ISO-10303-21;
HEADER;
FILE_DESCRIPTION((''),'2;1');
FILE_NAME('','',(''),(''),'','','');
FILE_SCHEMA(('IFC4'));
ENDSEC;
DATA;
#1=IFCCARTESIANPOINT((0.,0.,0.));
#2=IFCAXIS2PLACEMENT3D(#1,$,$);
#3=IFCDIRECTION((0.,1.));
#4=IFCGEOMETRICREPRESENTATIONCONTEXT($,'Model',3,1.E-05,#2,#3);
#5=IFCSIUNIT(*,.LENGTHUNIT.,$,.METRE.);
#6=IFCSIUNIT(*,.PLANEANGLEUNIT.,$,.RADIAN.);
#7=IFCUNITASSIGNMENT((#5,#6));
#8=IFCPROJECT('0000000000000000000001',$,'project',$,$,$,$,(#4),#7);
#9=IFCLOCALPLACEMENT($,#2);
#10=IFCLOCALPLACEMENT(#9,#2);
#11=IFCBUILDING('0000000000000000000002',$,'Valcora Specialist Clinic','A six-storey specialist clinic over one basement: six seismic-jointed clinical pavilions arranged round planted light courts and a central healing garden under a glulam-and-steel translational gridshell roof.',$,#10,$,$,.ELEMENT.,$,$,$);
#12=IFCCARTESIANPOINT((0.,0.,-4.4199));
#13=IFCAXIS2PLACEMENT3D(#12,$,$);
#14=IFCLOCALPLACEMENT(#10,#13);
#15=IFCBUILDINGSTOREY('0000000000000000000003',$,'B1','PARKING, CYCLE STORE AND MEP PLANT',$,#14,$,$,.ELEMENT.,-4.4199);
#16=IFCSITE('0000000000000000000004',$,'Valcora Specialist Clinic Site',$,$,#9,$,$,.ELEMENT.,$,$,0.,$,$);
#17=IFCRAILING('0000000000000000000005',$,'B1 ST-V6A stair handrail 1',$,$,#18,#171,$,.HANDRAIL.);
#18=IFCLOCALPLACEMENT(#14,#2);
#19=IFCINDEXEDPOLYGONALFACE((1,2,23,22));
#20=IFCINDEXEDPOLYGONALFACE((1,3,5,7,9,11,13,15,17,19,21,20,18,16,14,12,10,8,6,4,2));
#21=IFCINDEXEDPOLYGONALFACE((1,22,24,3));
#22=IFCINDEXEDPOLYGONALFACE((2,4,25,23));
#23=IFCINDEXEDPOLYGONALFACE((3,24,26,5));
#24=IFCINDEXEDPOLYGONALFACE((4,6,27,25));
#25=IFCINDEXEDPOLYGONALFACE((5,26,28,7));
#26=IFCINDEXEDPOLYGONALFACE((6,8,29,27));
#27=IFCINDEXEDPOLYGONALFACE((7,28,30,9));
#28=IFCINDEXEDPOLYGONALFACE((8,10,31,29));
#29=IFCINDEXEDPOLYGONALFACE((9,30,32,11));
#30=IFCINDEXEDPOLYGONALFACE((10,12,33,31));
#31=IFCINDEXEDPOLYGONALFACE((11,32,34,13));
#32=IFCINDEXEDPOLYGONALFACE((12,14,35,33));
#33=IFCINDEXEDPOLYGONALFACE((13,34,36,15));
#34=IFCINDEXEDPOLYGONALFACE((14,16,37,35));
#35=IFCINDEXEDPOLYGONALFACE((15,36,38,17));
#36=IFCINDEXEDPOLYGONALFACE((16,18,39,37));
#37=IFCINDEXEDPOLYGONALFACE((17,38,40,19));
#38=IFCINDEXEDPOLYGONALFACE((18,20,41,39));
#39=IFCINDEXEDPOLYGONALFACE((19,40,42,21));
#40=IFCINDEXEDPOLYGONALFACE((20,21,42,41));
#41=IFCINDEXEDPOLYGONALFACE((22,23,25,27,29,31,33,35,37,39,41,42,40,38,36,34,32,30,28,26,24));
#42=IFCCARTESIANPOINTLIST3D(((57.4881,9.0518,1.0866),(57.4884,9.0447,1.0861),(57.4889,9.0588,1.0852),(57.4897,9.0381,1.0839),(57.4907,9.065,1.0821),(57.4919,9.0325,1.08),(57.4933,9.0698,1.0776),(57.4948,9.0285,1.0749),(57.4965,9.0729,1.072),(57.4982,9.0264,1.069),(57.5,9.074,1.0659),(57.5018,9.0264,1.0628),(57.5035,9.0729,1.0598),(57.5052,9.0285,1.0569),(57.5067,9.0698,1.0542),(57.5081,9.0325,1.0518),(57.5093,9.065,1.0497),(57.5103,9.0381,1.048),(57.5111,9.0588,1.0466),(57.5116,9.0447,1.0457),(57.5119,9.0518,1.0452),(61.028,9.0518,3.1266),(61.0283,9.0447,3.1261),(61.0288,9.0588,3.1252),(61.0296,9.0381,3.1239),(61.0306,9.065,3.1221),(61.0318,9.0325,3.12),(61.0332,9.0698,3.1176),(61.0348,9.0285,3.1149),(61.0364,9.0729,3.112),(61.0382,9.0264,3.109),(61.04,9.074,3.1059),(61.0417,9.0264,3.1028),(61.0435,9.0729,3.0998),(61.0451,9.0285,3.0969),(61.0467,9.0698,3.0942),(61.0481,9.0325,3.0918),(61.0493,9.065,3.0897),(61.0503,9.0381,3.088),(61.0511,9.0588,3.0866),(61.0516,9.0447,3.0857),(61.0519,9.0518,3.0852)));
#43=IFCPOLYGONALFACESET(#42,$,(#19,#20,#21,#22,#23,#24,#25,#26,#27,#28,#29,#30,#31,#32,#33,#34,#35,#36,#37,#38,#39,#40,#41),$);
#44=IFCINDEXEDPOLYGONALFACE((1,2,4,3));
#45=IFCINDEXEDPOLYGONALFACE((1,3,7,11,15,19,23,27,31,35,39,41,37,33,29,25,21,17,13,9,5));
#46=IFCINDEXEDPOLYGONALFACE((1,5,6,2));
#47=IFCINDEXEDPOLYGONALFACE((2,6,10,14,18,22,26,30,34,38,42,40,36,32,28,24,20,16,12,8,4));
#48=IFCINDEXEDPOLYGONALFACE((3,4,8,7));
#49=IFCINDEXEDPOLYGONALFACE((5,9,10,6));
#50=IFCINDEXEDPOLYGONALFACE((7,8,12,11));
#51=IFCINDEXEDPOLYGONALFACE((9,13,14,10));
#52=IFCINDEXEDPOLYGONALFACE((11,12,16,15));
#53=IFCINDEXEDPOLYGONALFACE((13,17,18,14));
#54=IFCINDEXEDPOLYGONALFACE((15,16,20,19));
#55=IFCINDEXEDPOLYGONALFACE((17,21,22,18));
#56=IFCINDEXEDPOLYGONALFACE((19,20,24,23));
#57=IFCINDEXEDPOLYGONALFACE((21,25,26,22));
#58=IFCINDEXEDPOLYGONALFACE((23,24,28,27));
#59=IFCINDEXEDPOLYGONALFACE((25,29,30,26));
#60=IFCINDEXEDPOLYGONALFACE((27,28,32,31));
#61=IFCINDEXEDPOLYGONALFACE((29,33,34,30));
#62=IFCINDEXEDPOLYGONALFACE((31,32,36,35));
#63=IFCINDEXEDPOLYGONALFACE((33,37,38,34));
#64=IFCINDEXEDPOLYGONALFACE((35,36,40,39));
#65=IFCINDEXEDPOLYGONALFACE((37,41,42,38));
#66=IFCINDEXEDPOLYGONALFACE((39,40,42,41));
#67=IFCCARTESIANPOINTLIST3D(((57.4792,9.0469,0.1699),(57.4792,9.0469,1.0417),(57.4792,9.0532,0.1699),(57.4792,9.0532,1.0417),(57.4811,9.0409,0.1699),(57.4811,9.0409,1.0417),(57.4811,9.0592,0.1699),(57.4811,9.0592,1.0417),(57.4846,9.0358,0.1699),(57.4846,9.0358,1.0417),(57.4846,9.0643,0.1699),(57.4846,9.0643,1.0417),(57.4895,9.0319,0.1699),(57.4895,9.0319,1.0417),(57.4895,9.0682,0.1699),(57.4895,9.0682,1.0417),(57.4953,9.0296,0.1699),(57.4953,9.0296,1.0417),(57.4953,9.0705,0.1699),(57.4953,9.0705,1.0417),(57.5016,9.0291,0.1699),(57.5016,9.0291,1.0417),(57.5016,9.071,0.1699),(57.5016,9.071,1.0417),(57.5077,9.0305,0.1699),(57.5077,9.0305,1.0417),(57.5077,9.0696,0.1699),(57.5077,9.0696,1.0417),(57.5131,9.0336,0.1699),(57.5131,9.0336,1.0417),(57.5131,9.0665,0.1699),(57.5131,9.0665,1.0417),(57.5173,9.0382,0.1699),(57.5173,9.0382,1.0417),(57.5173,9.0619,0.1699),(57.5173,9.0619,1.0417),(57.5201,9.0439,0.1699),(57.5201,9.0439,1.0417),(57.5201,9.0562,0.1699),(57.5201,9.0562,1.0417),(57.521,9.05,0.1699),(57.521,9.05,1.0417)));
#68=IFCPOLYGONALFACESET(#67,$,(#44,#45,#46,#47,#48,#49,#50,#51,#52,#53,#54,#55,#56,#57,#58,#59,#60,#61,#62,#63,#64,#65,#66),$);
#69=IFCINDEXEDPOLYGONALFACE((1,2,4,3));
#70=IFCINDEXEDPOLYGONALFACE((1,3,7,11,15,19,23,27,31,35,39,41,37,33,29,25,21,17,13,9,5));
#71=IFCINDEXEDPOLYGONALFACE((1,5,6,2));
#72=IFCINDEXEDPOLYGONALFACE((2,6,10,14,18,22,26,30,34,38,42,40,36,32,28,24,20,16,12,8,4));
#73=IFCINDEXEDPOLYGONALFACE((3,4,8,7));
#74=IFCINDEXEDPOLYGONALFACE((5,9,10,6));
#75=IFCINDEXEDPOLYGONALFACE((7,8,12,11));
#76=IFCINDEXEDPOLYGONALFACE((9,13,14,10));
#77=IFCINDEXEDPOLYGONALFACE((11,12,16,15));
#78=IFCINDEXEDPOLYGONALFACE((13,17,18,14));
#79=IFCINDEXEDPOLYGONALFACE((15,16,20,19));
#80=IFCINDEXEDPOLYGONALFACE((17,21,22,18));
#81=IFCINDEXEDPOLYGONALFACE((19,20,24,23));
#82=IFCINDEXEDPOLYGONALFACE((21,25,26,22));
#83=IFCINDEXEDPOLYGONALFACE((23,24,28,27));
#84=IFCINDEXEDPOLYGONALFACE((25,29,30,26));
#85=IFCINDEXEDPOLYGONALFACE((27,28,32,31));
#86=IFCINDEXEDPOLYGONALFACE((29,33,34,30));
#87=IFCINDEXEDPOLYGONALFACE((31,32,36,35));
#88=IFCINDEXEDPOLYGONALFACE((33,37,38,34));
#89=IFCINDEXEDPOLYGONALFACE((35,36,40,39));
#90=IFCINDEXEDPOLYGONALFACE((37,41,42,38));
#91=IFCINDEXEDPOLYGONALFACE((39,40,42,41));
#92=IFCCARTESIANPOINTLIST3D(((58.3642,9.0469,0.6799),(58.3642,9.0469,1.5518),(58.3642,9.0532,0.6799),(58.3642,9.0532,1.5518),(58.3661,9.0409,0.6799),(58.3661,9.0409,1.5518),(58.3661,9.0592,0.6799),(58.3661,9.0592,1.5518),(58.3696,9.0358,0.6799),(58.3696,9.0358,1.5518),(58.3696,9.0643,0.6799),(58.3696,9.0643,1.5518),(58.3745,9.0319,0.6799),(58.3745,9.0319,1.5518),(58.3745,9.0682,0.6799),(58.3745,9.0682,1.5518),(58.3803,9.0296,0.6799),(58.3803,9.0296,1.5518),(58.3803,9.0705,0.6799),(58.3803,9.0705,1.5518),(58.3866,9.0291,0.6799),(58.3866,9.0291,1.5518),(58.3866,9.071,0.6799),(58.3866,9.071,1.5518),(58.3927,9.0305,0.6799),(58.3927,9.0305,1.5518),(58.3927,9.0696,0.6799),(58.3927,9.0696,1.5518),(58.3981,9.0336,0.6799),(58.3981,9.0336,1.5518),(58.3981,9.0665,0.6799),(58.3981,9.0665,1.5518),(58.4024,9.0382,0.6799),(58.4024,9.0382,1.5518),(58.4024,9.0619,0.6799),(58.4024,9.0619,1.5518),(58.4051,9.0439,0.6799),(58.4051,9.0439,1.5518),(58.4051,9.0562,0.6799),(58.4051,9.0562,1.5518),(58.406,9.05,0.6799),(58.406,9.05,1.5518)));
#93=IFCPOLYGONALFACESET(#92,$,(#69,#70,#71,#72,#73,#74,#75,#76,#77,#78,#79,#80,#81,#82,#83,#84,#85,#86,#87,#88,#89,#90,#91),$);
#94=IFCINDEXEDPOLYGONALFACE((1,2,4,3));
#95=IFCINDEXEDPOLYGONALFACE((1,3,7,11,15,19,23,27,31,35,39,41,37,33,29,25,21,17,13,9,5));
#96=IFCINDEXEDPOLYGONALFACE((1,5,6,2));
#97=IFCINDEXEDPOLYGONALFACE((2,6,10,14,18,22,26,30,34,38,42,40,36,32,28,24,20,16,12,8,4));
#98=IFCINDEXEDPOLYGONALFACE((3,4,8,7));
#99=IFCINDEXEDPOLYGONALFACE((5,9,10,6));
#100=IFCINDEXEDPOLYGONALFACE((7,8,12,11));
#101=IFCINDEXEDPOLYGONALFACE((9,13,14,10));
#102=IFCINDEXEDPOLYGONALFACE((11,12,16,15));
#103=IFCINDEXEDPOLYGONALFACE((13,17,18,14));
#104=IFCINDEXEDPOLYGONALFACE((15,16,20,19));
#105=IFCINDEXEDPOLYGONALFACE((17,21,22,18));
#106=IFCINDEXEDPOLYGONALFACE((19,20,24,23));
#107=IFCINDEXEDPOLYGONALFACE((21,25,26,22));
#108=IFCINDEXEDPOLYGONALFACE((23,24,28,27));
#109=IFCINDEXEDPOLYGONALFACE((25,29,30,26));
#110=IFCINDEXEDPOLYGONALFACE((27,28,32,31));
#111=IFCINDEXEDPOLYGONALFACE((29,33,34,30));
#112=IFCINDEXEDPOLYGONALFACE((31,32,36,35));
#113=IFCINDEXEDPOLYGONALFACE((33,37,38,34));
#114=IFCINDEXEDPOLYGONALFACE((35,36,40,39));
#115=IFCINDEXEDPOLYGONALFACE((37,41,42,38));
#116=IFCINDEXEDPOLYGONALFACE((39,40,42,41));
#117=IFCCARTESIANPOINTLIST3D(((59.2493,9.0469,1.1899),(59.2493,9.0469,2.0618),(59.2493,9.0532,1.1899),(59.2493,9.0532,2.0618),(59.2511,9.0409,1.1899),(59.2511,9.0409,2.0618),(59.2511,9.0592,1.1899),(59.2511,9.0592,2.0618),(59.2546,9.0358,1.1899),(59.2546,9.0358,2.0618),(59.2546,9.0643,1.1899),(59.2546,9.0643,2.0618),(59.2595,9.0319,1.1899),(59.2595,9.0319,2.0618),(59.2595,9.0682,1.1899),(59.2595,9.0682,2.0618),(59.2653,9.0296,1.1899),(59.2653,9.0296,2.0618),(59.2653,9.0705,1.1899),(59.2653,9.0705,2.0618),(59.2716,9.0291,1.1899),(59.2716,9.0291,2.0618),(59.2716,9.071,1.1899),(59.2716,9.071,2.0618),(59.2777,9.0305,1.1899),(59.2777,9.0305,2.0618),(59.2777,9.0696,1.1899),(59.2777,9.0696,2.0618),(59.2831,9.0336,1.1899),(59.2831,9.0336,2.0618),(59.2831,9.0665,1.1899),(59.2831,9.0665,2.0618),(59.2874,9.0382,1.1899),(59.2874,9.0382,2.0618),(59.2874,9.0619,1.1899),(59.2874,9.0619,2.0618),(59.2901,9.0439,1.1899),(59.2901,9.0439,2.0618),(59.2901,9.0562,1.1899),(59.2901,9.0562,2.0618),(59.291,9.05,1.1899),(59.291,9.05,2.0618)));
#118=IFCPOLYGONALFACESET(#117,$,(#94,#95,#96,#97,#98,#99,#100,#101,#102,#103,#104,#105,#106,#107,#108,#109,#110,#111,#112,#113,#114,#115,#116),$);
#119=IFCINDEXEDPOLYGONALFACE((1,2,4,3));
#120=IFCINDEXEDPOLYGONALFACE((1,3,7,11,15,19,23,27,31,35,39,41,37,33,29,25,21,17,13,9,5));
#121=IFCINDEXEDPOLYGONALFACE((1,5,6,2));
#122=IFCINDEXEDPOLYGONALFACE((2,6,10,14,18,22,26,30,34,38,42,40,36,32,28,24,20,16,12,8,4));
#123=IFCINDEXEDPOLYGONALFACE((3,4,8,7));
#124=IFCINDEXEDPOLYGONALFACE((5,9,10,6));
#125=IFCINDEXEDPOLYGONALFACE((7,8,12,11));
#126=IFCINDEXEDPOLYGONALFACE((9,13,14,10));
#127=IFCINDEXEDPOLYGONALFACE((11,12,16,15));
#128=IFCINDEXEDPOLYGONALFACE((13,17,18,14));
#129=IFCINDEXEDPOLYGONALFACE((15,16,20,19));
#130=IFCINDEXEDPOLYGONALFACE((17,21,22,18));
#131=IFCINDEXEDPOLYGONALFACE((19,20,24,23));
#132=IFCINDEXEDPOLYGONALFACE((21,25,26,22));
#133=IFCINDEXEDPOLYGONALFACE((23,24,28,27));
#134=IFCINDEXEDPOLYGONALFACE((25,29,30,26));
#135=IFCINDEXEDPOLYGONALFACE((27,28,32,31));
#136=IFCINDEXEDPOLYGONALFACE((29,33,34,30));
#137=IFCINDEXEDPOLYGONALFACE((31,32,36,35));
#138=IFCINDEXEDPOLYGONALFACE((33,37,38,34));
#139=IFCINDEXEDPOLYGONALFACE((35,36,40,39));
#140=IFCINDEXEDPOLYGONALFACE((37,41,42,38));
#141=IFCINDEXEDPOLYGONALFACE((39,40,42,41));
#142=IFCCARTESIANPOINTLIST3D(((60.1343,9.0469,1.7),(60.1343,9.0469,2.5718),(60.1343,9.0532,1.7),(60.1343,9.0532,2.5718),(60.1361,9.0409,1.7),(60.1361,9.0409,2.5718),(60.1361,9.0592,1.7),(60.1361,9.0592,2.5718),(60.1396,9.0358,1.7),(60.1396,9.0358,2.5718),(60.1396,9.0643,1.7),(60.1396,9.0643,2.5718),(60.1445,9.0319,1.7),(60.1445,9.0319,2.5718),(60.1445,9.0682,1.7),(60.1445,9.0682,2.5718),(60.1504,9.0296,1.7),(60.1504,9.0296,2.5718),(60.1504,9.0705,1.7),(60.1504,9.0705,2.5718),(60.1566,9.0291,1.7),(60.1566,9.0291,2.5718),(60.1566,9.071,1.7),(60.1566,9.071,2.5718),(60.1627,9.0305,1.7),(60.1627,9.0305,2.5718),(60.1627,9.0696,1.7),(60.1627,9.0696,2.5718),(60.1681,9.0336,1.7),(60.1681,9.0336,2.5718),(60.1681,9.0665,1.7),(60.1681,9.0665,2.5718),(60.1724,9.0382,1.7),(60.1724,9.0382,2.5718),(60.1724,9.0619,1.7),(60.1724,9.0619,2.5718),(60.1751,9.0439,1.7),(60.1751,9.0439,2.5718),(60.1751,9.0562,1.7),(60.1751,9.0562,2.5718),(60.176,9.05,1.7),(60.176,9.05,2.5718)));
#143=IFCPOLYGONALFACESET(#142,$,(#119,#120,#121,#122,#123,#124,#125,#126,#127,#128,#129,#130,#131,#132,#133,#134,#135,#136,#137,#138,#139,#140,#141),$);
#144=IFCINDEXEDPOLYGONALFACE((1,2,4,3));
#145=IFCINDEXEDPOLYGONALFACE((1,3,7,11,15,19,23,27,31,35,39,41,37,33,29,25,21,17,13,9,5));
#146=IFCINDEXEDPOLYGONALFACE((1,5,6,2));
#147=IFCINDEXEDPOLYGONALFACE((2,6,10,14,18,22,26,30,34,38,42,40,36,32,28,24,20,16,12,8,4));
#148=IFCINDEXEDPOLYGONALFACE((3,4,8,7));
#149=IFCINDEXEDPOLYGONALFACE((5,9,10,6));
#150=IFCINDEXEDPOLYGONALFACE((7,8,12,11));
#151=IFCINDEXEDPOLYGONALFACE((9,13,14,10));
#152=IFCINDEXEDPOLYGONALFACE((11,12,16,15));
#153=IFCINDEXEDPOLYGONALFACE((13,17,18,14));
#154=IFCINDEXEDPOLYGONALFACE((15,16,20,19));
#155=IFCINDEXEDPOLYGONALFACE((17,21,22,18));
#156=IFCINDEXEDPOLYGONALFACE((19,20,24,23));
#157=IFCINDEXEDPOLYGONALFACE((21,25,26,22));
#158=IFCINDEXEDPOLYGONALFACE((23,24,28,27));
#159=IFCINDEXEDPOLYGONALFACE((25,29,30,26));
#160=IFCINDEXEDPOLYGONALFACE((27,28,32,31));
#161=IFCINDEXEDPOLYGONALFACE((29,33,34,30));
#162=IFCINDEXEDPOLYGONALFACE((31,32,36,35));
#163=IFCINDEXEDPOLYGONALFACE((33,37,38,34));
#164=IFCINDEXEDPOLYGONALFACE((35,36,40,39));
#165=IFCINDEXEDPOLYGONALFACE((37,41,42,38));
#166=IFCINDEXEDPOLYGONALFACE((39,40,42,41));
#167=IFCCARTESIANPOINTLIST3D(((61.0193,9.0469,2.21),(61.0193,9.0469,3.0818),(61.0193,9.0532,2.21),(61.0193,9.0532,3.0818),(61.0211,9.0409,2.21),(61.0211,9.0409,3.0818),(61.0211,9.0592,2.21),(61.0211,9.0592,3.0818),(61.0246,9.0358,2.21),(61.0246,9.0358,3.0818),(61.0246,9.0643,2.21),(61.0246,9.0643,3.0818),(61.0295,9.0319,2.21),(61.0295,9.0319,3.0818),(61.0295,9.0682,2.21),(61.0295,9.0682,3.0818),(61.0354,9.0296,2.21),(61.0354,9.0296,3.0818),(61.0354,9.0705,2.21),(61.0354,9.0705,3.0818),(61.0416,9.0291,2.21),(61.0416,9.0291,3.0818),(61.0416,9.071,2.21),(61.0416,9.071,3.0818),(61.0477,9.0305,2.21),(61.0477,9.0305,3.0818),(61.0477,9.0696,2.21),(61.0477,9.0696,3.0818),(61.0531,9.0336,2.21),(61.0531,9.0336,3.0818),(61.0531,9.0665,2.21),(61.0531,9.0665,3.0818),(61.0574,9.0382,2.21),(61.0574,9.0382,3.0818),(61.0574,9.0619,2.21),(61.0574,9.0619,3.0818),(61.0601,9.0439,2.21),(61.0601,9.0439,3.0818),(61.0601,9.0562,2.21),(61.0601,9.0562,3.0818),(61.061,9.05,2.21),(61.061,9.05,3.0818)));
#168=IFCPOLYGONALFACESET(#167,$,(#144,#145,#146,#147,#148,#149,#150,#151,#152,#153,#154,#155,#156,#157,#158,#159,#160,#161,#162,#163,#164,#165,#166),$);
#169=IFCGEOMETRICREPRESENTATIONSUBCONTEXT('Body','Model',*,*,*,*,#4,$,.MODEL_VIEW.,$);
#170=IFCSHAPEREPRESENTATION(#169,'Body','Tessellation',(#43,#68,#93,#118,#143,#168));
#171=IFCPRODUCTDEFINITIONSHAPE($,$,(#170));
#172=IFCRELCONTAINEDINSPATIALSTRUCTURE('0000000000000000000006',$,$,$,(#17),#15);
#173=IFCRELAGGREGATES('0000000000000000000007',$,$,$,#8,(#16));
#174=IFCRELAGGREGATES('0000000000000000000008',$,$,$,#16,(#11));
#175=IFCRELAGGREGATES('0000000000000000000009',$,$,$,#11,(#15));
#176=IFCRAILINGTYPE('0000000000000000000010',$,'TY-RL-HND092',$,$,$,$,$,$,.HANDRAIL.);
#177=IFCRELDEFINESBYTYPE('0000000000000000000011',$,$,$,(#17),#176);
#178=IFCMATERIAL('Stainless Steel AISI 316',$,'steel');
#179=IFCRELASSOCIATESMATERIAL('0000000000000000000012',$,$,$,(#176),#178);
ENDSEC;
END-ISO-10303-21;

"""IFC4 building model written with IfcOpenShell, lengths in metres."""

from ifc_helpers import new_model, si_unit, direction, frame, origin, origin_2d, place, context, subcontext, project, spatial, circle, extrude, material, type_object, element, save


model = new_model("IFC4")

# Units and contexts
model_context = context("Model", 3, precision=1e-05, world=origin(), true_north=direction((0.0, 1.0)))
body_context = subcontext(model_context, "Body", "Model", "MODEL_VIEW")
ifc_project = project(units=[si_unit("LENGTHUNIT", "METRE"), si_unit("PLANEANGLEUNIT", "RADIAN")], contexts=[model_context])

# Site, building, storey
site_placement = place(None, origin())
site = spatial("IfcSite", under=ifc_project, at=site_placement, Name="Valcora Specialist Clinic Site", CompositionType="ELEMENT", RefElevation=0.0)
building_placement = place(site_placement, origin())
building = spatial("IfcBuilding", under=site, at=building_placement, Name="Valcora Specialist Clinic", Description="A six-storey specialist clinic over one basement: six seismic-jointed clinical pavilions arranged round planted light courts and a central healing garden under a glulam-and-steel translational gridshell roof.", CompositionType="ELEMENT")
storey_placement = place(building_placement, frame((0.0, 0.0, -4.4199)))
storey = spatial("IfcBuildingStorey", under=building, at=storey_placement, Name="B1", Description="PARKING, CYCLE STORE AND MEP PLANT", CompositionType="ELEMENT", Elevation=-4.4199)

# Shared definitions
ifc_material_1 = material(Name="Stainless Steel AISI 316", Category="steel")

# Railing
railing_type_1 = type_object("IfcRailingType", Name="TY-RL-HND092", PredefinedType="HANDRAIL", material=ifc_material_1)
railing_1_placement = place(storey_placement, frame((57.5, 9.05, 0.1699)))
element("IfcRailing", 1, at=railing_1_placement, inside=storey, type_object=railing_type_1, Name="B1 ST-V6A stair handrail 1", PredefinedType="HANDRAIL", context=body_context, shape_type="SweptSolid", body=[
    extrude(circle(Radius=0.0239, at=origin_2d()), frame((0.0, 0.0, 0.896), z_axis=(0.866428, 0.0, 0.499302), x_axis=(0.0, 1.0, 0.0)), (0.0, 0.0, 1.0), 4.0857),
    extrude(circle(Radius=0.021, at=origin_2d()), origin(), (0.0, 0.0, 1.0), 0.8718),
    extrude(circle(Radius=0.021, at=origin_2d()), frame((0.885, 0.0, 0.51)), (0.0, 0.0, 1.0), 0.8718),
    extrude(circle(Radius=0.021, at=origin_2d()), frame((1.77, 0.0, 1.02)), (0.0, 0.0, 1.0), 0.8718),
    extrude(circle(Radius=0.021, at=origin_2d()), frame((2.655, 0.0, 1.53)), (0.0, 0.0, 1.0), 0.8718),
    extrude(circle(Radius=0.021, at=origin_2d()), frame((3.54, 0.0, 2.04)), (0.0, 0.0, 1.0), 0.8718),
])

save(model, "model.ifc")
